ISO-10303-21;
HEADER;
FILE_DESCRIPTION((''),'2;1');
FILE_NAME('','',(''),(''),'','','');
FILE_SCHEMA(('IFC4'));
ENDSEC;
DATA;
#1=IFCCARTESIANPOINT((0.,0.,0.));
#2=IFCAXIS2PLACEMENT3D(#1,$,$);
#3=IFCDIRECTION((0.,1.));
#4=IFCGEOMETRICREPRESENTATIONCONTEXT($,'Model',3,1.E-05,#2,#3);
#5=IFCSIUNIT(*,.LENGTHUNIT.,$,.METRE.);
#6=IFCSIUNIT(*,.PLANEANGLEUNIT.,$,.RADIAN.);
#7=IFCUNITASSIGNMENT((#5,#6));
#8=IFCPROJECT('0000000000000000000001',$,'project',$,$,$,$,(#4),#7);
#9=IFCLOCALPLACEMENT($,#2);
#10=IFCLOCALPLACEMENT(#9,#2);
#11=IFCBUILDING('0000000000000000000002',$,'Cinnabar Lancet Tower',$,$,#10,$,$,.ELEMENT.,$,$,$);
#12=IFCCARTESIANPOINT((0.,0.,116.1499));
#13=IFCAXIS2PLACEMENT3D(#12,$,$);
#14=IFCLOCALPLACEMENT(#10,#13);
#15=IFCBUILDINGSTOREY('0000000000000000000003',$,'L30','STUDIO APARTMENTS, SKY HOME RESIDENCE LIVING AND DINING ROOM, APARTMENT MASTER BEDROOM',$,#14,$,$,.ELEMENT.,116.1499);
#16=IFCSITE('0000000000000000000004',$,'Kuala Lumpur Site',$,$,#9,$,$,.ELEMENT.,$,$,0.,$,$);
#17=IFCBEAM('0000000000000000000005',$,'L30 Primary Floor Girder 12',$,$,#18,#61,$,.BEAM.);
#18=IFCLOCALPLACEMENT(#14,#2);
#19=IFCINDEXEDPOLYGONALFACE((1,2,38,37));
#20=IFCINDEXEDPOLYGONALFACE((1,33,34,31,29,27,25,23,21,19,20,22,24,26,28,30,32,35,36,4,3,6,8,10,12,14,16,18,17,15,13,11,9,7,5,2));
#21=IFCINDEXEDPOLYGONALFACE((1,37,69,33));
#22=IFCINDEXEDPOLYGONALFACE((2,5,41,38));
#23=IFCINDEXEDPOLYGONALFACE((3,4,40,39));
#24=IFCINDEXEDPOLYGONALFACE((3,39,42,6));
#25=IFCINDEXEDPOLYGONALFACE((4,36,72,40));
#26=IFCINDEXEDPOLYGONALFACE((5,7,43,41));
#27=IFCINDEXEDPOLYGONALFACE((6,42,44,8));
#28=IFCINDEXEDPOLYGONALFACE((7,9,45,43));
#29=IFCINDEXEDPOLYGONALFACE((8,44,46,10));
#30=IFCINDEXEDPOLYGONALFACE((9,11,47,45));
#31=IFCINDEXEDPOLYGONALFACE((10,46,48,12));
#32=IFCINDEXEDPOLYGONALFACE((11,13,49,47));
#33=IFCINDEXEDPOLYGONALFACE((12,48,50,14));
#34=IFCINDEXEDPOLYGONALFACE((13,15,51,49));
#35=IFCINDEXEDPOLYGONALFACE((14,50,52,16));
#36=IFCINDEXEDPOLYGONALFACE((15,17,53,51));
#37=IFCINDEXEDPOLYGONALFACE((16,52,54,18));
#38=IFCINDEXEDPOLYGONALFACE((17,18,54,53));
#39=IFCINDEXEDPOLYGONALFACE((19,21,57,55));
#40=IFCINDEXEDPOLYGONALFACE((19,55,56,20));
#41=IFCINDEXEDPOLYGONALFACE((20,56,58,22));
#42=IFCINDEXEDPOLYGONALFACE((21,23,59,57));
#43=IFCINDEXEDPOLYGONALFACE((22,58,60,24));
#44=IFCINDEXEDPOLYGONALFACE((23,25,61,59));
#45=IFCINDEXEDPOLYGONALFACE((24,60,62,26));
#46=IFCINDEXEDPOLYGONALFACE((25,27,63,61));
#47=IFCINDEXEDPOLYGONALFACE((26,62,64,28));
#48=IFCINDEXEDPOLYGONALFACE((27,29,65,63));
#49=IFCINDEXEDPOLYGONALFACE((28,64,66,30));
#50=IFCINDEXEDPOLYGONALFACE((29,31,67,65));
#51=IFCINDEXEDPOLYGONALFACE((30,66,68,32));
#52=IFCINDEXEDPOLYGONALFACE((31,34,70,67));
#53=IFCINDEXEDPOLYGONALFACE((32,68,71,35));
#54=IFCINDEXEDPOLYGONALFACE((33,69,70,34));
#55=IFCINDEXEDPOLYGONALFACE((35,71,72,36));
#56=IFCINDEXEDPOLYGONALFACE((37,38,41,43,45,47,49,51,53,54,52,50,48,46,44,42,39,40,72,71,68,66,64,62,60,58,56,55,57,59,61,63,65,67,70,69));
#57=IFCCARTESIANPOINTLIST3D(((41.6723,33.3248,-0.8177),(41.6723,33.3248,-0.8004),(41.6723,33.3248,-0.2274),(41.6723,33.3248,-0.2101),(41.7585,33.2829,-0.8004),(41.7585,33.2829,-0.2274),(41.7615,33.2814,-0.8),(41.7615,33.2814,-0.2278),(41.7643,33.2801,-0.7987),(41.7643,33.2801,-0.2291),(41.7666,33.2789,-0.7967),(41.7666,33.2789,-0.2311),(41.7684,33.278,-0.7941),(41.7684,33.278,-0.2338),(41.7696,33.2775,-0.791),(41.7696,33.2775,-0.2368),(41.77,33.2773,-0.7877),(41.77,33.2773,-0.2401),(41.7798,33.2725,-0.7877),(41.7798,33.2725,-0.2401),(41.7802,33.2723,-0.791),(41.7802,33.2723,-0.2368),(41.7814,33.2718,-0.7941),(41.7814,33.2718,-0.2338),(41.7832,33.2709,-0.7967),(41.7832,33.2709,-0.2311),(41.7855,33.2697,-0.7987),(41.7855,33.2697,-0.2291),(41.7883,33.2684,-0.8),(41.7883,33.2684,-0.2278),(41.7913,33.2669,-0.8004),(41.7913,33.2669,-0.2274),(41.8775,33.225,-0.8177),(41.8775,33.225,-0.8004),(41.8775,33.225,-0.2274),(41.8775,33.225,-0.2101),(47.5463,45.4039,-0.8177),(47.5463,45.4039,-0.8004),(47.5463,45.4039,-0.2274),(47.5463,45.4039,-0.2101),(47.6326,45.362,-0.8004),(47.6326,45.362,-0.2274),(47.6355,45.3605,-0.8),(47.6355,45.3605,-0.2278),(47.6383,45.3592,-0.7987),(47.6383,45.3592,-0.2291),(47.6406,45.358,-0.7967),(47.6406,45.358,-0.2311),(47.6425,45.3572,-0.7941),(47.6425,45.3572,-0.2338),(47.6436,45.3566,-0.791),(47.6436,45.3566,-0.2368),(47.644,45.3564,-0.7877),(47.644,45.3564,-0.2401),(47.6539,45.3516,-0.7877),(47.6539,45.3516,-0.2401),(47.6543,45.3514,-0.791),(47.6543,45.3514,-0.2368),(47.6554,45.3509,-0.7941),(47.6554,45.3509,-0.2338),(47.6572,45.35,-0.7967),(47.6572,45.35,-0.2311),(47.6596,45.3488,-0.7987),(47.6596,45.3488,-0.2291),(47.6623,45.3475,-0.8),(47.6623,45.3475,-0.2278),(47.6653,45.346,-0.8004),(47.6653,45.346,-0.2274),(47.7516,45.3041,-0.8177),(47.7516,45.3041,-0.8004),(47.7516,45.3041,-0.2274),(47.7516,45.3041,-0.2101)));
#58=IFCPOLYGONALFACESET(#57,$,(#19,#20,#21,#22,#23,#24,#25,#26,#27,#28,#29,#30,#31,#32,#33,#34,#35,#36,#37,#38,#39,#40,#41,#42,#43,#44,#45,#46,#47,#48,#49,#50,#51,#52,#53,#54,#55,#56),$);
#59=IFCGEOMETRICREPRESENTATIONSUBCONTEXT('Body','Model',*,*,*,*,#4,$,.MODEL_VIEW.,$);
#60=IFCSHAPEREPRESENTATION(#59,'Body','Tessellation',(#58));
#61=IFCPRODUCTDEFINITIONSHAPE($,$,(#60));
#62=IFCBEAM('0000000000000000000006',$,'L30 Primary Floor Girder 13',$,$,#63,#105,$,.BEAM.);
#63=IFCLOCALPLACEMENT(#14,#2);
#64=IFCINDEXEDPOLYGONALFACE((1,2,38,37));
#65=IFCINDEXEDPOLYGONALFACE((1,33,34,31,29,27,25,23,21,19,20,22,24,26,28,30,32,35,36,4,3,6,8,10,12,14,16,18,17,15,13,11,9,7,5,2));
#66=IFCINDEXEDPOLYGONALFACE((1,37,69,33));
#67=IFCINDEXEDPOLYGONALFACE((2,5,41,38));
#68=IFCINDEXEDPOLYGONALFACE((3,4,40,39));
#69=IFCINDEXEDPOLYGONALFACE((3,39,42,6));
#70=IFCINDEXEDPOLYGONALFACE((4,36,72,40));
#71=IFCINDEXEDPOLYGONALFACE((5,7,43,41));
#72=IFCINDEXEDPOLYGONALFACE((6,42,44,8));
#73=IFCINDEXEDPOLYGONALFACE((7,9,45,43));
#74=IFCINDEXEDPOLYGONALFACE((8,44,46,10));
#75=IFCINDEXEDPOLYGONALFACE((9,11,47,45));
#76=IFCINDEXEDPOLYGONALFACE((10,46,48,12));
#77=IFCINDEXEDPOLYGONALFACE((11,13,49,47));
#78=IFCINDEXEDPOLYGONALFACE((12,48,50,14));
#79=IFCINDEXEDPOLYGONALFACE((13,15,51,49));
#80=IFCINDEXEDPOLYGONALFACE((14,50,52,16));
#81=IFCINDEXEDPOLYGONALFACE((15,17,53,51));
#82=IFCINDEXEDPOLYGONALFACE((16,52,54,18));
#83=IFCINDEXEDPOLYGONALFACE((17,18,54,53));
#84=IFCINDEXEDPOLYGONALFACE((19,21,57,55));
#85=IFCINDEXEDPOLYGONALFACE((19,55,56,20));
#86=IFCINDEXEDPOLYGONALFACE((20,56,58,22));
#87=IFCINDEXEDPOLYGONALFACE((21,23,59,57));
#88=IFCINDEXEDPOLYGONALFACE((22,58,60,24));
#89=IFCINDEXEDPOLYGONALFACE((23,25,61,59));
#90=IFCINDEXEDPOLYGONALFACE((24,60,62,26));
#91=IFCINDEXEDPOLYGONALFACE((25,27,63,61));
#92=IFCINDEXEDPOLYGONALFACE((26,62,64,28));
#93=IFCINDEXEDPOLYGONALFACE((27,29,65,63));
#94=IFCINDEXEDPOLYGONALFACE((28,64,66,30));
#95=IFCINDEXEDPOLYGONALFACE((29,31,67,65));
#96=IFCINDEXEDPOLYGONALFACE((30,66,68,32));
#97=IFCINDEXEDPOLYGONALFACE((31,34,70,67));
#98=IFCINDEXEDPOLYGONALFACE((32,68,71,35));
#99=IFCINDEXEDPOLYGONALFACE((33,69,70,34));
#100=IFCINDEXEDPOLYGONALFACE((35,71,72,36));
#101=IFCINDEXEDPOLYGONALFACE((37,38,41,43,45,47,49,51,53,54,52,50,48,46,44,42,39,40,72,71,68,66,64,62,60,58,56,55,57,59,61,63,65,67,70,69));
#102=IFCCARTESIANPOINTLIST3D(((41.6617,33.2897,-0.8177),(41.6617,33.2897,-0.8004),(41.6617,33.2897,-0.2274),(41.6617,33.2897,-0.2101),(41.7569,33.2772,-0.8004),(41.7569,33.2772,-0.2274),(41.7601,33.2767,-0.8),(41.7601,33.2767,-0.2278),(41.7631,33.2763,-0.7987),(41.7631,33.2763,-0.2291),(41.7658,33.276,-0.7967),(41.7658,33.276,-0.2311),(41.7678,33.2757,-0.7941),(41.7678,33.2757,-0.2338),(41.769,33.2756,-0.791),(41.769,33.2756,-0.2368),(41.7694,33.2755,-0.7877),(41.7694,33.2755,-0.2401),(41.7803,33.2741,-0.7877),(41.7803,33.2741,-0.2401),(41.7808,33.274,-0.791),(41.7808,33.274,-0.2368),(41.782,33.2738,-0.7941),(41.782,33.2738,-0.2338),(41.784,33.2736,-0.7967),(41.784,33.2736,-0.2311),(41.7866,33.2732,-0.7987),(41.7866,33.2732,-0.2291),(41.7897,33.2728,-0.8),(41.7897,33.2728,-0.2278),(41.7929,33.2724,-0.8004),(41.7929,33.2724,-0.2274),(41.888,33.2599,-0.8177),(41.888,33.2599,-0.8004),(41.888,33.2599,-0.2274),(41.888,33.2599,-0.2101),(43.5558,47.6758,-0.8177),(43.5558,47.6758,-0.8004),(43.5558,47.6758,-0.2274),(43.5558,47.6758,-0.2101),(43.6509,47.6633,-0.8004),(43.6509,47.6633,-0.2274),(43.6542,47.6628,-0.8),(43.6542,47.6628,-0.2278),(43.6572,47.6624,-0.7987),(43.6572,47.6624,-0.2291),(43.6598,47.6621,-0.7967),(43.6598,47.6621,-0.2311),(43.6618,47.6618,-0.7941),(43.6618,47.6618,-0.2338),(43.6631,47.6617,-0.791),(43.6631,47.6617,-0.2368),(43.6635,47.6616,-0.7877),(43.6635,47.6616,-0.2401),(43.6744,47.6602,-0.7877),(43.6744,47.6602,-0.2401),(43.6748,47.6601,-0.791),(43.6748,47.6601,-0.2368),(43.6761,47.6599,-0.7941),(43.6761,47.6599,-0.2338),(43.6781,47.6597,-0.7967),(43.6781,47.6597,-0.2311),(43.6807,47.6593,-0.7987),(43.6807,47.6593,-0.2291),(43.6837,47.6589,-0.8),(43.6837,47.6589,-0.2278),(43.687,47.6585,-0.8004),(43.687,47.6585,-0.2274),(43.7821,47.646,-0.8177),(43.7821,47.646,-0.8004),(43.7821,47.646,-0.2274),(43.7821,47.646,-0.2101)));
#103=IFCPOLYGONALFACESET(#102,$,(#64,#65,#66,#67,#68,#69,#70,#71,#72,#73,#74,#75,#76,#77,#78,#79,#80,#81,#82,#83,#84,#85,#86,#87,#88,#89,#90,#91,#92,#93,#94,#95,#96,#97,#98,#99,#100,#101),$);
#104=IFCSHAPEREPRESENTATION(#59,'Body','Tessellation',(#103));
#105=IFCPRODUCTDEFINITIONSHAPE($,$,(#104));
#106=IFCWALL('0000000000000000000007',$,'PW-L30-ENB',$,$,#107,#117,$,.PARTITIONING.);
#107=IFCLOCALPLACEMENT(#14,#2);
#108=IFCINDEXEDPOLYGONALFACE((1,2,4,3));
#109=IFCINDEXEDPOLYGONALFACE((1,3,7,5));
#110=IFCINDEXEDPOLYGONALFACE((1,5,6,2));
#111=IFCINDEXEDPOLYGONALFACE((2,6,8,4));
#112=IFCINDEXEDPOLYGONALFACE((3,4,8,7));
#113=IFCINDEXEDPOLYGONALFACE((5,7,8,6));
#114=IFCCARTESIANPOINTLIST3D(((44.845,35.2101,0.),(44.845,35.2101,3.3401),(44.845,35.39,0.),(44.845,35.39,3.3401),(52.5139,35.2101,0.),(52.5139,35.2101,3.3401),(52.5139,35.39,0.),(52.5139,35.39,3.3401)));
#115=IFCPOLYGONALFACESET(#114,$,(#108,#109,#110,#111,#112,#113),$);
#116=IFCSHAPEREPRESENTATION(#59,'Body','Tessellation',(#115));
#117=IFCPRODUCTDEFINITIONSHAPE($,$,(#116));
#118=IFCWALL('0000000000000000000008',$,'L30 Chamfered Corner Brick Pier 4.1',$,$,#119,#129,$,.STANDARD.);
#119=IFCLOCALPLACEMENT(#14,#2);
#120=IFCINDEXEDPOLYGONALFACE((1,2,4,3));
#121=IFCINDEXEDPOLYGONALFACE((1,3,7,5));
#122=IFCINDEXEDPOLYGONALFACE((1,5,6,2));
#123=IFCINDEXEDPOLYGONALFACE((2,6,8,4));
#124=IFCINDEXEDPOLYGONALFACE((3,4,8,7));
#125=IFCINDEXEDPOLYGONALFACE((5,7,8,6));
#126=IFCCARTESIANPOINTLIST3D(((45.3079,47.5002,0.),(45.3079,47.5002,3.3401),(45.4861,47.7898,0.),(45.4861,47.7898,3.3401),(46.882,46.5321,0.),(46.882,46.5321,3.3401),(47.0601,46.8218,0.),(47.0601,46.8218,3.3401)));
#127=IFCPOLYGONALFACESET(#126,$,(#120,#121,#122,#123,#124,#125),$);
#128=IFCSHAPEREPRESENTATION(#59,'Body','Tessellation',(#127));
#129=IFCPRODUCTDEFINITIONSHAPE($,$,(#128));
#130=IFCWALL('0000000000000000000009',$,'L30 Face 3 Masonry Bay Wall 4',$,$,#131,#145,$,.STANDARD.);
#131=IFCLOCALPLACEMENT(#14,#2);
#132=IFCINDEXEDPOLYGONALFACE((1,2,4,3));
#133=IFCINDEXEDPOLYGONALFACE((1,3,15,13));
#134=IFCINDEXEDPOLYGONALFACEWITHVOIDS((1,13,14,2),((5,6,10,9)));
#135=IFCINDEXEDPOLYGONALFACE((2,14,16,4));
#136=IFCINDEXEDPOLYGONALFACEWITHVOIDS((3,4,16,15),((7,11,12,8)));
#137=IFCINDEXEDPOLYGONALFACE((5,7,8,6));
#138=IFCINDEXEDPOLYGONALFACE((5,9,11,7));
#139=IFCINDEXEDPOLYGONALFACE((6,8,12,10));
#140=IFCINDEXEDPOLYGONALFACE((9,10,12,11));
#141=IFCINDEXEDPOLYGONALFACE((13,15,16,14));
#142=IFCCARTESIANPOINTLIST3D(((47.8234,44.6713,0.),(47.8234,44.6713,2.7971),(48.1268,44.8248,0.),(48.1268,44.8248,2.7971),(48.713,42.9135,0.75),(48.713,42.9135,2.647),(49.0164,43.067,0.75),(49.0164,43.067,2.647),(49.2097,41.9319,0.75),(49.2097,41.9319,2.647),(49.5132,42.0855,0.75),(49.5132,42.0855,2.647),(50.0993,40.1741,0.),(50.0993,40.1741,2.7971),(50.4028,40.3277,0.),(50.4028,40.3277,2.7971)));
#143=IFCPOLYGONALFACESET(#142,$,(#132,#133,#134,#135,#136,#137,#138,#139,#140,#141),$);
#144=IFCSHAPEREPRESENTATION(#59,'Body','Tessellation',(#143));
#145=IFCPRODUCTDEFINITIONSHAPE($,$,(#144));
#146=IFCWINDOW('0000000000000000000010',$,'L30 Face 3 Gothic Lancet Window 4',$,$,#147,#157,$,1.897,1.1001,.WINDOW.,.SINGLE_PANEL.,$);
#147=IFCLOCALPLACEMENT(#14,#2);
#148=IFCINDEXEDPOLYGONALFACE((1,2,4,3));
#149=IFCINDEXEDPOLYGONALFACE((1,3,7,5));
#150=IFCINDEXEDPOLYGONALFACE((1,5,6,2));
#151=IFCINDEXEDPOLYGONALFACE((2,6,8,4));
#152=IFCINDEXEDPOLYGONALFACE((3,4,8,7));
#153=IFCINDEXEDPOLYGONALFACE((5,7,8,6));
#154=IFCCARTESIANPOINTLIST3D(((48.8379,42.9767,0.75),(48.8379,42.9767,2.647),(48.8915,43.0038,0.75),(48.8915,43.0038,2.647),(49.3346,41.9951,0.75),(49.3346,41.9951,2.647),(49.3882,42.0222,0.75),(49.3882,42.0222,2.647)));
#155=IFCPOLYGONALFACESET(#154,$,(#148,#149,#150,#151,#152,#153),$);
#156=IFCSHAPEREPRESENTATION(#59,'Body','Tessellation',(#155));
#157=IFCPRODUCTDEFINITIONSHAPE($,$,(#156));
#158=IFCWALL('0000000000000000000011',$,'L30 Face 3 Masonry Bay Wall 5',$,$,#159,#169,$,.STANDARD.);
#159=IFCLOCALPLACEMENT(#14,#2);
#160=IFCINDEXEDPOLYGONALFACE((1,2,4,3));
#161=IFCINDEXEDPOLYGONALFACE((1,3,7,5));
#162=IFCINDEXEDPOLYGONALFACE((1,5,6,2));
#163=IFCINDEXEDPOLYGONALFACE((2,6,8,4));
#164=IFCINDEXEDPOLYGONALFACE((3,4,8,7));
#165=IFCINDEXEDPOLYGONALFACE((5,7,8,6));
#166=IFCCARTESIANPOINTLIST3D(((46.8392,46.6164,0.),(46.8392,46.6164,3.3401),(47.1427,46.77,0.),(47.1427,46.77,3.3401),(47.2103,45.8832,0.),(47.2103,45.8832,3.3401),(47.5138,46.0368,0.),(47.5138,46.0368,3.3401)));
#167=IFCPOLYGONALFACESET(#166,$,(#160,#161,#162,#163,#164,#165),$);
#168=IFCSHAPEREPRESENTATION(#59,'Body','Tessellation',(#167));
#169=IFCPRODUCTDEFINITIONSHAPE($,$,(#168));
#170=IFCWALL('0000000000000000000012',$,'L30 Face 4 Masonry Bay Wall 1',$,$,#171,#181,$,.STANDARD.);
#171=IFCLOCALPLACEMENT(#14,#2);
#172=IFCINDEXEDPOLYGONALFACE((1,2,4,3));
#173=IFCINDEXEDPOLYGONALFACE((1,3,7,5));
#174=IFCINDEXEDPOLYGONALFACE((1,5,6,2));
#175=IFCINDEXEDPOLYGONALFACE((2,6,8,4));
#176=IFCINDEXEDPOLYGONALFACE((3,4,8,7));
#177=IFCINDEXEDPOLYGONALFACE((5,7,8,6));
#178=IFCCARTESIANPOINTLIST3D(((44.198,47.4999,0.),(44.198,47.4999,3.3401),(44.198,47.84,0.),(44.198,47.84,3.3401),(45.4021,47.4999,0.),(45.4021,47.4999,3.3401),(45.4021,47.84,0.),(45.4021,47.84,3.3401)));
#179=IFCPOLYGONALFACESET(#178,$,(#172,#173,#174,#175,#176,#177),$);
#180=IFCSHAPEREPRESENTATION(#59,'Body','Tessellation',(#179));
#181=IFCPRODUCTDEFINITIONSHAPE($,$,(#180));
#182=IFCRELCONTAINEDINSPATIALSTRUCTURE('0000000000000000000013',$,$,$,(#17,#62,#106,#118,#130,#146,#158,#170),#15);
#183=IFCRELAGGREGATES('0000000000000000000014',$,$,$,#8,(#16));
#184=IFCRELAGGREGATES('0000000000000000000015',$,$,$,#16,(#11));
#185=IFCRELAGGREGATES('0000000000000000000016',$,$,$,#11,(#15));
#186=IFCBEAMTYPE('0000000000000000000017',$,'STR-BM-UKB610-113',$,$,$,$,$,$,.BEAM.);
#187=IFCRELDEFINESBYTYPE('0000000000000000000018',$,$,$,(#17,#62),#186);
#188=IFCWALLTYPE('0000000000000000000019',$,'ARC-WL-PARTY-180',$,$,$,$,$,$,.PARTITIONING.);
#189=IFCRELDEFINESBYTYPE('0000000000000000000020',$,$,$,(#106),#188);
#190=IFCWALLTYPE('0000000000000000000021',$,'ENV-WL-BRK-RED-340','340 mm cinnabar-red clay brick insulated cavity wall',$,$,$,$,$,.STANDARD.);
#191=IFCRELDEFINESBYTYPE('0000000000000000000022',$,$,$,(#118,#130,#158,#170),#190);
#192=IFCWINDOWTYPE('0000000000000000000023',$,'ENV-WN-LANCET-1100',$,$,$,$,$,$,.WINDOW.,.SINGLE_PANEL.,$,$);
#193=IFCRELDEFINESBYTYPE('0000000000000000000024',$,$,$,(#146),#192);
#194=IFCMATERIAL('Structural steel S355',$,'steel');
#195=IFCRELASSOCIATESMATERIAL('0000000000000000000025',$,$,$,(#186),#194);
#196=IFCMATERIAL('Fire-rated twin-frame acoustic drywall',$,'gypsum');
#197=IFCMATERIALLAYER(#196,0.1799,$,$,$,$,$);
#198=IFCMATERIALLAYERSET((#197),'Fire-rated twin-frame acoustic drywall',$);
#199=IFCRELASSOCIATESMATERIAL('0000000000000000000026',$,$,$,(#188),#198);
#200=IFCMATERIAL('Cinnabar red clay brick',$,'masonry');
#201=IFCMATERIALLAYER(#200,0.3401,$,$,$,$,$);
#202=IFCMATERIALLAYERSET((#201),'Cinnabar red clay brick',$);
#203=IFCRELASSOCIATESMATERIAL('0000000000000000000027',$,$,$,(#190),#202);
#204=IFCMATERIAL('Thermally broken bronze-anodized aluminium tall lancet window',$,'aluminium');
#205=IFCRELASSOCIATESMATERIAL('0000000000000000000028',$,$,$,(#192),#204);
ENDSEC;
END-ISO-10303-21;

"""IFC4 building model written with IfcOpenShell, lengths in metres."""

from ifc_helpers import new_model, si_unit, direction, frame, frame_2d, origin, origin_2d, place, context, subcontext, project, spatial, rectangle, i_section, extrude, material, layer, layer_set, material_profile, profile_set, type_object, element, fill, save


model = new_model("IFC4")

# Units and contexts
model_context = context("Model", 3, precision=1e-05, world=origin(), true_north=direction((0.0, 1.0)))
body_context = subcontext(model_context, "Body", "Model", "MODEL_VIEW")
ifc_project = project(units=[si_unit("LENGTHUNIT", "METRE"), si_unit("PLANEANGLEUNIT", "RADIAN")], contexts=[model_context])

# Site, building, storey
site_placement = place(None, origin())
site = spatial("IfcSite", under=ifc_project, at=site_placement, Name="Kuala Lumpur Site", CompositionType="ELEMENT", RefElevation=0.0)
building_placement = place(site_placement, origin())
building = spatial("IfcBuilding", under=site, at=building_placement, Name="Cinnabar Lancet Tower", CompositionType="ELEMENT")
storey_placement = place(building_placement, frame((0.0, 0.0, 116.1499)))
storey = spatial("IfcBuildingStorey", under=building, at=storey_placement, Name="L30", Description="STUDIO APARTMENTS, SKY HOME RESIDENCE LIVING AND DINING ROOM, APARTMENT MASTER BEDROOM", CompositionType="ELEMENT", Elevation=116.1499)

# Beams
ifc_material_1 = material(Name="Structural steel S355", Category="steel")
ifc_material_profile_1 = material_profile(ifc_material_1, i_section(OverallWidth=0.2283, OverallDepth=0.6077, WebThickness=0.011, FlangeThickness=0.0173, FilletRadius=0.0127, at=origin_2d()), Name="UKB 610x229x113")
ifc_profile_set_1 = profile_set([ifc_material_profile_1], Name="Structural steel S355")
beam_type_1 = type_object("IfcBeamType", Name="STR-BM-UKB610-113", PredefinedType="BEAM", material=ifc_profile_set_1)
beam_1_placement = place(storey_placement, frame((47.6489, 45.354, -0.5139), z_axis=(-0.437327, -0.899302, 0.0), x_axis=(0.899302, -0.437327, 0.0)))
element("IfcBeam", 1, at=beam_1_placement, inside=storey, type_object=beam_type_1, Name="L30 Primary Floor Girder 12", PredefinedType="BEAM", context=body_context, shape_type="SweptSolid", body=[
    extrude(i_section(OverallWidth=0.2283, OverallDepth=0.6077, WebThickness=0.011, FlangeThickness=0.0173, FilletRadius=0.0127, at=origin_2d()), origin(), (0.0, 0.0, 1.0), 13.4316),
])
beam_2_placement = place(storey_placement, frame((43.6689, 47.6609, -0.5139), z_axis=(-0.130532, -0.991444, 0.0), x_axis=(0.991444, -0.130532, 0.0)))
element("IfcBeam", 2, at=beam_2_placement, inside=storey, type_object=beam_type_1, Name="L30 Primary Floor Girder 13", PredefinedType="BEAM", context=body_context, shape_type="SweptSolid", body=[
    extrude(i_section(OverallWidth=0.2283, OverallDepth=0.6077, WebThickness=0.011, FlangeThickness=0.0173, FilletRadius=0.0127, at=origin_2d()), origin(), (0.0, 0.0, 1.0), 14.5103),
])

# Walls
ifc_material_2 = material(Name="Fire-rated twin-frame acoustic drywall", Category="gypsum")
ifc_layer_1 = layer(ifc_material_2, 0.1799)
ifc_layer_set_1 = layer_set([ifc_layer_1], Name="Fire-rated twin-frame acoustic drywall")
wall_type_1 = type_object("IfcWallType", Name="ARC-WL-PARTY-180", PredefinedType="PARTITIONING", material=ifc_layer_set_1)
wall_1_placement = place(storey_placement, frame((44.845, 35.3, 0.0), z_axis=(0.0, 0.0, 1.0), x_axis=(1.0, 0.0, 0.0)))
element("IfcWall", 3, at=wall_1_placement, inside=storey, type_object=wall_type_1, Name="PW-L30-ENB", PredefinedType="PARTITIONING", context=body_context, shape_type="SweptSolid", body=[
    extrude(rectangle(XDim=7.6689, YDim=0.1799, at=frame_2d((3.8345, 0.0))), origin(), (0.0, 0.0, 1.0), 3.3401),
])
ifc_material_3 = material(Name="Cinnabar red clay brick", Category="masonry")
ifc_layer_2 = layer(ifc_material_3, 0.3401)
ifc_layer_set_2 = layer_set([ifc_layer_2], Name="Cinnabar red clay brick")
wall_type_2 = type_object("IfcWallType", Name="ENV-WL-BRK-RED-340", Description="340 mm cinnabar-red clay brick insulated cavity wall", PredefinedType="STANDARD", material=ifc_layer_set_2)
wall_2_placement = place(storey_placement, frame((46.9709, 46.677, 0.0), z_axis=(0.0, 0.0, 1.0), x_axis=(-0.851799, 0.523869, 0.0)))
element("IfcWall", 4, at=wall_2_placement, inside=storey, type_object=wall_type_2, Name="L30 Chamfered Corner Brick Pier 4.1", PredefinedType="STANDARD", context=body_context, shape_type="SweptSolid", body=[
    extrude(rectangle(XDim=1.8479, YDim=0.3401, at=frame_2d((0.9238, 0.0))), origin(), (0.0, 0.0, 1.0), 3.3401),
])

# Wall, opening, window
wall_3_placement = place(storey_placement, frame((50.251, 40.251, 0.0), z_axis=(0.0, 0.0, 1.0), x_axis=(-0.451548, 0.892247, 0.0)))
wall_3 = element("IfcWall", 5, at=wall_3_placement, inside=storey, type_object=wall_type_2, Name="L30 Face 3 Masonry Bay Wall 4", PredefinedType="STANDARD", context=body_context, shape_type="SweptSolid", body=[
    extrude(rectangle(XDim=5.0403, YDim=0.3401, at=frame_2d((2.52, 0.0))), origin(), (0.0, 0.0, 1.0), 2.7971),
])
opening_1_placement = place(wall_3_placement, frame((1.97, 0.0, 0.75)))
opening_1 = element("IfcOpeningElement", 6, at=opening_1_placement, cuts=wall_3, PredefinedType="OPENING", context=body_context, shape_type="SweptSolid", body=[
    extrude(rectangle(XDim=1.1001, YDim=1.897, at=frame_2d((0.55, 0.9485))), frame((0.0, 0.1799, 0.0), z_axis=(0.0, -1.0, 0.0), x_axis=(1.0, 0.0, 0.0)), (0.0, 0.0, 1.0), 0.3601),
])
ifc_material_4 = material(Name="Thermally broken bronze-anodized aluminium tall lancet window", Category="aluminium")
window_type = type_object("IfcWindowType", Name="ENV-WN-LANCET-1100", PartitioningType="SINGLE_PANEL", PredefinedType="WINDOW", material=ifc_material_4)
window_1_placement = place(opening_1_placement, origin())
window_1 = element("IfcWindow", 7, at=window_1_placement, inside=storey, type_object=window_type, Name="L30 Face 3 Gothic Lancet Window 4", OverallHeight=1.897, OverallWidth=1.1001, PartitioningType="SINGLE_PANEL", PredefinedType="WINDOW", context=body_context, shape_type="SweptSolid", body=[
    extrude(rectangle(XDim=1.1001, YDim=1.897, at=frame_2d((0.55, 0.9485))), frame((0.0, 0.03, 0.0), z_axis=(0.0, -1.0, 0.0), x_axis=(1.0, 0.0, 0.0)), (0.0, 0.0, 1.0), 0.0601),
])
fill(opening_1, window_1)

# Walls
wall_4_placement = place(storey_placement, frame((47.3621, 45.96, 0.0), z_axis=(0.0, 0.0, 1.0), x_axis=(-0.451605, 0.892218, 0.0)))
element("IfcWall", 8, at=wall_4_placement, inside=storey, type_object=wall_type_2, Name="L30 Face 3 Masonry Bay Wall 5", PredefinedType="STANDARD", context=body_context, shape_type="SweptSolid", body=[
    extrude(rectangle(XDim=0.8218, YDim=0.3401, at=frame_2d((0.4109, 0.0))), origin(), (0.0, 0.0, 1.0), 3.3401),
])
wall_5_placement = place(storey_placement, frame((45.4021, 47.6699, 0.0), z_axis=(0.0, 0.0, 1.0), x_axis=(-1.0, 0.0, 0.0)))
element("IfcWall", 9, at=wall_5_placement, inside=storey, type_object=wall_type_2, Name="L30 Face 4 Masonry Bay Wall 1", PredefinedType="STANDARD", context=body_context, shape_type="SweptSolid", body=[
    extrude(rectangle(XDim=1.2041, YDim=0.3401, at=frame_2d((0.6021, 0.0))), origin(), (0.0, 0.0, 1.0), 3.3401),
])

save(model, "model.ifc")
